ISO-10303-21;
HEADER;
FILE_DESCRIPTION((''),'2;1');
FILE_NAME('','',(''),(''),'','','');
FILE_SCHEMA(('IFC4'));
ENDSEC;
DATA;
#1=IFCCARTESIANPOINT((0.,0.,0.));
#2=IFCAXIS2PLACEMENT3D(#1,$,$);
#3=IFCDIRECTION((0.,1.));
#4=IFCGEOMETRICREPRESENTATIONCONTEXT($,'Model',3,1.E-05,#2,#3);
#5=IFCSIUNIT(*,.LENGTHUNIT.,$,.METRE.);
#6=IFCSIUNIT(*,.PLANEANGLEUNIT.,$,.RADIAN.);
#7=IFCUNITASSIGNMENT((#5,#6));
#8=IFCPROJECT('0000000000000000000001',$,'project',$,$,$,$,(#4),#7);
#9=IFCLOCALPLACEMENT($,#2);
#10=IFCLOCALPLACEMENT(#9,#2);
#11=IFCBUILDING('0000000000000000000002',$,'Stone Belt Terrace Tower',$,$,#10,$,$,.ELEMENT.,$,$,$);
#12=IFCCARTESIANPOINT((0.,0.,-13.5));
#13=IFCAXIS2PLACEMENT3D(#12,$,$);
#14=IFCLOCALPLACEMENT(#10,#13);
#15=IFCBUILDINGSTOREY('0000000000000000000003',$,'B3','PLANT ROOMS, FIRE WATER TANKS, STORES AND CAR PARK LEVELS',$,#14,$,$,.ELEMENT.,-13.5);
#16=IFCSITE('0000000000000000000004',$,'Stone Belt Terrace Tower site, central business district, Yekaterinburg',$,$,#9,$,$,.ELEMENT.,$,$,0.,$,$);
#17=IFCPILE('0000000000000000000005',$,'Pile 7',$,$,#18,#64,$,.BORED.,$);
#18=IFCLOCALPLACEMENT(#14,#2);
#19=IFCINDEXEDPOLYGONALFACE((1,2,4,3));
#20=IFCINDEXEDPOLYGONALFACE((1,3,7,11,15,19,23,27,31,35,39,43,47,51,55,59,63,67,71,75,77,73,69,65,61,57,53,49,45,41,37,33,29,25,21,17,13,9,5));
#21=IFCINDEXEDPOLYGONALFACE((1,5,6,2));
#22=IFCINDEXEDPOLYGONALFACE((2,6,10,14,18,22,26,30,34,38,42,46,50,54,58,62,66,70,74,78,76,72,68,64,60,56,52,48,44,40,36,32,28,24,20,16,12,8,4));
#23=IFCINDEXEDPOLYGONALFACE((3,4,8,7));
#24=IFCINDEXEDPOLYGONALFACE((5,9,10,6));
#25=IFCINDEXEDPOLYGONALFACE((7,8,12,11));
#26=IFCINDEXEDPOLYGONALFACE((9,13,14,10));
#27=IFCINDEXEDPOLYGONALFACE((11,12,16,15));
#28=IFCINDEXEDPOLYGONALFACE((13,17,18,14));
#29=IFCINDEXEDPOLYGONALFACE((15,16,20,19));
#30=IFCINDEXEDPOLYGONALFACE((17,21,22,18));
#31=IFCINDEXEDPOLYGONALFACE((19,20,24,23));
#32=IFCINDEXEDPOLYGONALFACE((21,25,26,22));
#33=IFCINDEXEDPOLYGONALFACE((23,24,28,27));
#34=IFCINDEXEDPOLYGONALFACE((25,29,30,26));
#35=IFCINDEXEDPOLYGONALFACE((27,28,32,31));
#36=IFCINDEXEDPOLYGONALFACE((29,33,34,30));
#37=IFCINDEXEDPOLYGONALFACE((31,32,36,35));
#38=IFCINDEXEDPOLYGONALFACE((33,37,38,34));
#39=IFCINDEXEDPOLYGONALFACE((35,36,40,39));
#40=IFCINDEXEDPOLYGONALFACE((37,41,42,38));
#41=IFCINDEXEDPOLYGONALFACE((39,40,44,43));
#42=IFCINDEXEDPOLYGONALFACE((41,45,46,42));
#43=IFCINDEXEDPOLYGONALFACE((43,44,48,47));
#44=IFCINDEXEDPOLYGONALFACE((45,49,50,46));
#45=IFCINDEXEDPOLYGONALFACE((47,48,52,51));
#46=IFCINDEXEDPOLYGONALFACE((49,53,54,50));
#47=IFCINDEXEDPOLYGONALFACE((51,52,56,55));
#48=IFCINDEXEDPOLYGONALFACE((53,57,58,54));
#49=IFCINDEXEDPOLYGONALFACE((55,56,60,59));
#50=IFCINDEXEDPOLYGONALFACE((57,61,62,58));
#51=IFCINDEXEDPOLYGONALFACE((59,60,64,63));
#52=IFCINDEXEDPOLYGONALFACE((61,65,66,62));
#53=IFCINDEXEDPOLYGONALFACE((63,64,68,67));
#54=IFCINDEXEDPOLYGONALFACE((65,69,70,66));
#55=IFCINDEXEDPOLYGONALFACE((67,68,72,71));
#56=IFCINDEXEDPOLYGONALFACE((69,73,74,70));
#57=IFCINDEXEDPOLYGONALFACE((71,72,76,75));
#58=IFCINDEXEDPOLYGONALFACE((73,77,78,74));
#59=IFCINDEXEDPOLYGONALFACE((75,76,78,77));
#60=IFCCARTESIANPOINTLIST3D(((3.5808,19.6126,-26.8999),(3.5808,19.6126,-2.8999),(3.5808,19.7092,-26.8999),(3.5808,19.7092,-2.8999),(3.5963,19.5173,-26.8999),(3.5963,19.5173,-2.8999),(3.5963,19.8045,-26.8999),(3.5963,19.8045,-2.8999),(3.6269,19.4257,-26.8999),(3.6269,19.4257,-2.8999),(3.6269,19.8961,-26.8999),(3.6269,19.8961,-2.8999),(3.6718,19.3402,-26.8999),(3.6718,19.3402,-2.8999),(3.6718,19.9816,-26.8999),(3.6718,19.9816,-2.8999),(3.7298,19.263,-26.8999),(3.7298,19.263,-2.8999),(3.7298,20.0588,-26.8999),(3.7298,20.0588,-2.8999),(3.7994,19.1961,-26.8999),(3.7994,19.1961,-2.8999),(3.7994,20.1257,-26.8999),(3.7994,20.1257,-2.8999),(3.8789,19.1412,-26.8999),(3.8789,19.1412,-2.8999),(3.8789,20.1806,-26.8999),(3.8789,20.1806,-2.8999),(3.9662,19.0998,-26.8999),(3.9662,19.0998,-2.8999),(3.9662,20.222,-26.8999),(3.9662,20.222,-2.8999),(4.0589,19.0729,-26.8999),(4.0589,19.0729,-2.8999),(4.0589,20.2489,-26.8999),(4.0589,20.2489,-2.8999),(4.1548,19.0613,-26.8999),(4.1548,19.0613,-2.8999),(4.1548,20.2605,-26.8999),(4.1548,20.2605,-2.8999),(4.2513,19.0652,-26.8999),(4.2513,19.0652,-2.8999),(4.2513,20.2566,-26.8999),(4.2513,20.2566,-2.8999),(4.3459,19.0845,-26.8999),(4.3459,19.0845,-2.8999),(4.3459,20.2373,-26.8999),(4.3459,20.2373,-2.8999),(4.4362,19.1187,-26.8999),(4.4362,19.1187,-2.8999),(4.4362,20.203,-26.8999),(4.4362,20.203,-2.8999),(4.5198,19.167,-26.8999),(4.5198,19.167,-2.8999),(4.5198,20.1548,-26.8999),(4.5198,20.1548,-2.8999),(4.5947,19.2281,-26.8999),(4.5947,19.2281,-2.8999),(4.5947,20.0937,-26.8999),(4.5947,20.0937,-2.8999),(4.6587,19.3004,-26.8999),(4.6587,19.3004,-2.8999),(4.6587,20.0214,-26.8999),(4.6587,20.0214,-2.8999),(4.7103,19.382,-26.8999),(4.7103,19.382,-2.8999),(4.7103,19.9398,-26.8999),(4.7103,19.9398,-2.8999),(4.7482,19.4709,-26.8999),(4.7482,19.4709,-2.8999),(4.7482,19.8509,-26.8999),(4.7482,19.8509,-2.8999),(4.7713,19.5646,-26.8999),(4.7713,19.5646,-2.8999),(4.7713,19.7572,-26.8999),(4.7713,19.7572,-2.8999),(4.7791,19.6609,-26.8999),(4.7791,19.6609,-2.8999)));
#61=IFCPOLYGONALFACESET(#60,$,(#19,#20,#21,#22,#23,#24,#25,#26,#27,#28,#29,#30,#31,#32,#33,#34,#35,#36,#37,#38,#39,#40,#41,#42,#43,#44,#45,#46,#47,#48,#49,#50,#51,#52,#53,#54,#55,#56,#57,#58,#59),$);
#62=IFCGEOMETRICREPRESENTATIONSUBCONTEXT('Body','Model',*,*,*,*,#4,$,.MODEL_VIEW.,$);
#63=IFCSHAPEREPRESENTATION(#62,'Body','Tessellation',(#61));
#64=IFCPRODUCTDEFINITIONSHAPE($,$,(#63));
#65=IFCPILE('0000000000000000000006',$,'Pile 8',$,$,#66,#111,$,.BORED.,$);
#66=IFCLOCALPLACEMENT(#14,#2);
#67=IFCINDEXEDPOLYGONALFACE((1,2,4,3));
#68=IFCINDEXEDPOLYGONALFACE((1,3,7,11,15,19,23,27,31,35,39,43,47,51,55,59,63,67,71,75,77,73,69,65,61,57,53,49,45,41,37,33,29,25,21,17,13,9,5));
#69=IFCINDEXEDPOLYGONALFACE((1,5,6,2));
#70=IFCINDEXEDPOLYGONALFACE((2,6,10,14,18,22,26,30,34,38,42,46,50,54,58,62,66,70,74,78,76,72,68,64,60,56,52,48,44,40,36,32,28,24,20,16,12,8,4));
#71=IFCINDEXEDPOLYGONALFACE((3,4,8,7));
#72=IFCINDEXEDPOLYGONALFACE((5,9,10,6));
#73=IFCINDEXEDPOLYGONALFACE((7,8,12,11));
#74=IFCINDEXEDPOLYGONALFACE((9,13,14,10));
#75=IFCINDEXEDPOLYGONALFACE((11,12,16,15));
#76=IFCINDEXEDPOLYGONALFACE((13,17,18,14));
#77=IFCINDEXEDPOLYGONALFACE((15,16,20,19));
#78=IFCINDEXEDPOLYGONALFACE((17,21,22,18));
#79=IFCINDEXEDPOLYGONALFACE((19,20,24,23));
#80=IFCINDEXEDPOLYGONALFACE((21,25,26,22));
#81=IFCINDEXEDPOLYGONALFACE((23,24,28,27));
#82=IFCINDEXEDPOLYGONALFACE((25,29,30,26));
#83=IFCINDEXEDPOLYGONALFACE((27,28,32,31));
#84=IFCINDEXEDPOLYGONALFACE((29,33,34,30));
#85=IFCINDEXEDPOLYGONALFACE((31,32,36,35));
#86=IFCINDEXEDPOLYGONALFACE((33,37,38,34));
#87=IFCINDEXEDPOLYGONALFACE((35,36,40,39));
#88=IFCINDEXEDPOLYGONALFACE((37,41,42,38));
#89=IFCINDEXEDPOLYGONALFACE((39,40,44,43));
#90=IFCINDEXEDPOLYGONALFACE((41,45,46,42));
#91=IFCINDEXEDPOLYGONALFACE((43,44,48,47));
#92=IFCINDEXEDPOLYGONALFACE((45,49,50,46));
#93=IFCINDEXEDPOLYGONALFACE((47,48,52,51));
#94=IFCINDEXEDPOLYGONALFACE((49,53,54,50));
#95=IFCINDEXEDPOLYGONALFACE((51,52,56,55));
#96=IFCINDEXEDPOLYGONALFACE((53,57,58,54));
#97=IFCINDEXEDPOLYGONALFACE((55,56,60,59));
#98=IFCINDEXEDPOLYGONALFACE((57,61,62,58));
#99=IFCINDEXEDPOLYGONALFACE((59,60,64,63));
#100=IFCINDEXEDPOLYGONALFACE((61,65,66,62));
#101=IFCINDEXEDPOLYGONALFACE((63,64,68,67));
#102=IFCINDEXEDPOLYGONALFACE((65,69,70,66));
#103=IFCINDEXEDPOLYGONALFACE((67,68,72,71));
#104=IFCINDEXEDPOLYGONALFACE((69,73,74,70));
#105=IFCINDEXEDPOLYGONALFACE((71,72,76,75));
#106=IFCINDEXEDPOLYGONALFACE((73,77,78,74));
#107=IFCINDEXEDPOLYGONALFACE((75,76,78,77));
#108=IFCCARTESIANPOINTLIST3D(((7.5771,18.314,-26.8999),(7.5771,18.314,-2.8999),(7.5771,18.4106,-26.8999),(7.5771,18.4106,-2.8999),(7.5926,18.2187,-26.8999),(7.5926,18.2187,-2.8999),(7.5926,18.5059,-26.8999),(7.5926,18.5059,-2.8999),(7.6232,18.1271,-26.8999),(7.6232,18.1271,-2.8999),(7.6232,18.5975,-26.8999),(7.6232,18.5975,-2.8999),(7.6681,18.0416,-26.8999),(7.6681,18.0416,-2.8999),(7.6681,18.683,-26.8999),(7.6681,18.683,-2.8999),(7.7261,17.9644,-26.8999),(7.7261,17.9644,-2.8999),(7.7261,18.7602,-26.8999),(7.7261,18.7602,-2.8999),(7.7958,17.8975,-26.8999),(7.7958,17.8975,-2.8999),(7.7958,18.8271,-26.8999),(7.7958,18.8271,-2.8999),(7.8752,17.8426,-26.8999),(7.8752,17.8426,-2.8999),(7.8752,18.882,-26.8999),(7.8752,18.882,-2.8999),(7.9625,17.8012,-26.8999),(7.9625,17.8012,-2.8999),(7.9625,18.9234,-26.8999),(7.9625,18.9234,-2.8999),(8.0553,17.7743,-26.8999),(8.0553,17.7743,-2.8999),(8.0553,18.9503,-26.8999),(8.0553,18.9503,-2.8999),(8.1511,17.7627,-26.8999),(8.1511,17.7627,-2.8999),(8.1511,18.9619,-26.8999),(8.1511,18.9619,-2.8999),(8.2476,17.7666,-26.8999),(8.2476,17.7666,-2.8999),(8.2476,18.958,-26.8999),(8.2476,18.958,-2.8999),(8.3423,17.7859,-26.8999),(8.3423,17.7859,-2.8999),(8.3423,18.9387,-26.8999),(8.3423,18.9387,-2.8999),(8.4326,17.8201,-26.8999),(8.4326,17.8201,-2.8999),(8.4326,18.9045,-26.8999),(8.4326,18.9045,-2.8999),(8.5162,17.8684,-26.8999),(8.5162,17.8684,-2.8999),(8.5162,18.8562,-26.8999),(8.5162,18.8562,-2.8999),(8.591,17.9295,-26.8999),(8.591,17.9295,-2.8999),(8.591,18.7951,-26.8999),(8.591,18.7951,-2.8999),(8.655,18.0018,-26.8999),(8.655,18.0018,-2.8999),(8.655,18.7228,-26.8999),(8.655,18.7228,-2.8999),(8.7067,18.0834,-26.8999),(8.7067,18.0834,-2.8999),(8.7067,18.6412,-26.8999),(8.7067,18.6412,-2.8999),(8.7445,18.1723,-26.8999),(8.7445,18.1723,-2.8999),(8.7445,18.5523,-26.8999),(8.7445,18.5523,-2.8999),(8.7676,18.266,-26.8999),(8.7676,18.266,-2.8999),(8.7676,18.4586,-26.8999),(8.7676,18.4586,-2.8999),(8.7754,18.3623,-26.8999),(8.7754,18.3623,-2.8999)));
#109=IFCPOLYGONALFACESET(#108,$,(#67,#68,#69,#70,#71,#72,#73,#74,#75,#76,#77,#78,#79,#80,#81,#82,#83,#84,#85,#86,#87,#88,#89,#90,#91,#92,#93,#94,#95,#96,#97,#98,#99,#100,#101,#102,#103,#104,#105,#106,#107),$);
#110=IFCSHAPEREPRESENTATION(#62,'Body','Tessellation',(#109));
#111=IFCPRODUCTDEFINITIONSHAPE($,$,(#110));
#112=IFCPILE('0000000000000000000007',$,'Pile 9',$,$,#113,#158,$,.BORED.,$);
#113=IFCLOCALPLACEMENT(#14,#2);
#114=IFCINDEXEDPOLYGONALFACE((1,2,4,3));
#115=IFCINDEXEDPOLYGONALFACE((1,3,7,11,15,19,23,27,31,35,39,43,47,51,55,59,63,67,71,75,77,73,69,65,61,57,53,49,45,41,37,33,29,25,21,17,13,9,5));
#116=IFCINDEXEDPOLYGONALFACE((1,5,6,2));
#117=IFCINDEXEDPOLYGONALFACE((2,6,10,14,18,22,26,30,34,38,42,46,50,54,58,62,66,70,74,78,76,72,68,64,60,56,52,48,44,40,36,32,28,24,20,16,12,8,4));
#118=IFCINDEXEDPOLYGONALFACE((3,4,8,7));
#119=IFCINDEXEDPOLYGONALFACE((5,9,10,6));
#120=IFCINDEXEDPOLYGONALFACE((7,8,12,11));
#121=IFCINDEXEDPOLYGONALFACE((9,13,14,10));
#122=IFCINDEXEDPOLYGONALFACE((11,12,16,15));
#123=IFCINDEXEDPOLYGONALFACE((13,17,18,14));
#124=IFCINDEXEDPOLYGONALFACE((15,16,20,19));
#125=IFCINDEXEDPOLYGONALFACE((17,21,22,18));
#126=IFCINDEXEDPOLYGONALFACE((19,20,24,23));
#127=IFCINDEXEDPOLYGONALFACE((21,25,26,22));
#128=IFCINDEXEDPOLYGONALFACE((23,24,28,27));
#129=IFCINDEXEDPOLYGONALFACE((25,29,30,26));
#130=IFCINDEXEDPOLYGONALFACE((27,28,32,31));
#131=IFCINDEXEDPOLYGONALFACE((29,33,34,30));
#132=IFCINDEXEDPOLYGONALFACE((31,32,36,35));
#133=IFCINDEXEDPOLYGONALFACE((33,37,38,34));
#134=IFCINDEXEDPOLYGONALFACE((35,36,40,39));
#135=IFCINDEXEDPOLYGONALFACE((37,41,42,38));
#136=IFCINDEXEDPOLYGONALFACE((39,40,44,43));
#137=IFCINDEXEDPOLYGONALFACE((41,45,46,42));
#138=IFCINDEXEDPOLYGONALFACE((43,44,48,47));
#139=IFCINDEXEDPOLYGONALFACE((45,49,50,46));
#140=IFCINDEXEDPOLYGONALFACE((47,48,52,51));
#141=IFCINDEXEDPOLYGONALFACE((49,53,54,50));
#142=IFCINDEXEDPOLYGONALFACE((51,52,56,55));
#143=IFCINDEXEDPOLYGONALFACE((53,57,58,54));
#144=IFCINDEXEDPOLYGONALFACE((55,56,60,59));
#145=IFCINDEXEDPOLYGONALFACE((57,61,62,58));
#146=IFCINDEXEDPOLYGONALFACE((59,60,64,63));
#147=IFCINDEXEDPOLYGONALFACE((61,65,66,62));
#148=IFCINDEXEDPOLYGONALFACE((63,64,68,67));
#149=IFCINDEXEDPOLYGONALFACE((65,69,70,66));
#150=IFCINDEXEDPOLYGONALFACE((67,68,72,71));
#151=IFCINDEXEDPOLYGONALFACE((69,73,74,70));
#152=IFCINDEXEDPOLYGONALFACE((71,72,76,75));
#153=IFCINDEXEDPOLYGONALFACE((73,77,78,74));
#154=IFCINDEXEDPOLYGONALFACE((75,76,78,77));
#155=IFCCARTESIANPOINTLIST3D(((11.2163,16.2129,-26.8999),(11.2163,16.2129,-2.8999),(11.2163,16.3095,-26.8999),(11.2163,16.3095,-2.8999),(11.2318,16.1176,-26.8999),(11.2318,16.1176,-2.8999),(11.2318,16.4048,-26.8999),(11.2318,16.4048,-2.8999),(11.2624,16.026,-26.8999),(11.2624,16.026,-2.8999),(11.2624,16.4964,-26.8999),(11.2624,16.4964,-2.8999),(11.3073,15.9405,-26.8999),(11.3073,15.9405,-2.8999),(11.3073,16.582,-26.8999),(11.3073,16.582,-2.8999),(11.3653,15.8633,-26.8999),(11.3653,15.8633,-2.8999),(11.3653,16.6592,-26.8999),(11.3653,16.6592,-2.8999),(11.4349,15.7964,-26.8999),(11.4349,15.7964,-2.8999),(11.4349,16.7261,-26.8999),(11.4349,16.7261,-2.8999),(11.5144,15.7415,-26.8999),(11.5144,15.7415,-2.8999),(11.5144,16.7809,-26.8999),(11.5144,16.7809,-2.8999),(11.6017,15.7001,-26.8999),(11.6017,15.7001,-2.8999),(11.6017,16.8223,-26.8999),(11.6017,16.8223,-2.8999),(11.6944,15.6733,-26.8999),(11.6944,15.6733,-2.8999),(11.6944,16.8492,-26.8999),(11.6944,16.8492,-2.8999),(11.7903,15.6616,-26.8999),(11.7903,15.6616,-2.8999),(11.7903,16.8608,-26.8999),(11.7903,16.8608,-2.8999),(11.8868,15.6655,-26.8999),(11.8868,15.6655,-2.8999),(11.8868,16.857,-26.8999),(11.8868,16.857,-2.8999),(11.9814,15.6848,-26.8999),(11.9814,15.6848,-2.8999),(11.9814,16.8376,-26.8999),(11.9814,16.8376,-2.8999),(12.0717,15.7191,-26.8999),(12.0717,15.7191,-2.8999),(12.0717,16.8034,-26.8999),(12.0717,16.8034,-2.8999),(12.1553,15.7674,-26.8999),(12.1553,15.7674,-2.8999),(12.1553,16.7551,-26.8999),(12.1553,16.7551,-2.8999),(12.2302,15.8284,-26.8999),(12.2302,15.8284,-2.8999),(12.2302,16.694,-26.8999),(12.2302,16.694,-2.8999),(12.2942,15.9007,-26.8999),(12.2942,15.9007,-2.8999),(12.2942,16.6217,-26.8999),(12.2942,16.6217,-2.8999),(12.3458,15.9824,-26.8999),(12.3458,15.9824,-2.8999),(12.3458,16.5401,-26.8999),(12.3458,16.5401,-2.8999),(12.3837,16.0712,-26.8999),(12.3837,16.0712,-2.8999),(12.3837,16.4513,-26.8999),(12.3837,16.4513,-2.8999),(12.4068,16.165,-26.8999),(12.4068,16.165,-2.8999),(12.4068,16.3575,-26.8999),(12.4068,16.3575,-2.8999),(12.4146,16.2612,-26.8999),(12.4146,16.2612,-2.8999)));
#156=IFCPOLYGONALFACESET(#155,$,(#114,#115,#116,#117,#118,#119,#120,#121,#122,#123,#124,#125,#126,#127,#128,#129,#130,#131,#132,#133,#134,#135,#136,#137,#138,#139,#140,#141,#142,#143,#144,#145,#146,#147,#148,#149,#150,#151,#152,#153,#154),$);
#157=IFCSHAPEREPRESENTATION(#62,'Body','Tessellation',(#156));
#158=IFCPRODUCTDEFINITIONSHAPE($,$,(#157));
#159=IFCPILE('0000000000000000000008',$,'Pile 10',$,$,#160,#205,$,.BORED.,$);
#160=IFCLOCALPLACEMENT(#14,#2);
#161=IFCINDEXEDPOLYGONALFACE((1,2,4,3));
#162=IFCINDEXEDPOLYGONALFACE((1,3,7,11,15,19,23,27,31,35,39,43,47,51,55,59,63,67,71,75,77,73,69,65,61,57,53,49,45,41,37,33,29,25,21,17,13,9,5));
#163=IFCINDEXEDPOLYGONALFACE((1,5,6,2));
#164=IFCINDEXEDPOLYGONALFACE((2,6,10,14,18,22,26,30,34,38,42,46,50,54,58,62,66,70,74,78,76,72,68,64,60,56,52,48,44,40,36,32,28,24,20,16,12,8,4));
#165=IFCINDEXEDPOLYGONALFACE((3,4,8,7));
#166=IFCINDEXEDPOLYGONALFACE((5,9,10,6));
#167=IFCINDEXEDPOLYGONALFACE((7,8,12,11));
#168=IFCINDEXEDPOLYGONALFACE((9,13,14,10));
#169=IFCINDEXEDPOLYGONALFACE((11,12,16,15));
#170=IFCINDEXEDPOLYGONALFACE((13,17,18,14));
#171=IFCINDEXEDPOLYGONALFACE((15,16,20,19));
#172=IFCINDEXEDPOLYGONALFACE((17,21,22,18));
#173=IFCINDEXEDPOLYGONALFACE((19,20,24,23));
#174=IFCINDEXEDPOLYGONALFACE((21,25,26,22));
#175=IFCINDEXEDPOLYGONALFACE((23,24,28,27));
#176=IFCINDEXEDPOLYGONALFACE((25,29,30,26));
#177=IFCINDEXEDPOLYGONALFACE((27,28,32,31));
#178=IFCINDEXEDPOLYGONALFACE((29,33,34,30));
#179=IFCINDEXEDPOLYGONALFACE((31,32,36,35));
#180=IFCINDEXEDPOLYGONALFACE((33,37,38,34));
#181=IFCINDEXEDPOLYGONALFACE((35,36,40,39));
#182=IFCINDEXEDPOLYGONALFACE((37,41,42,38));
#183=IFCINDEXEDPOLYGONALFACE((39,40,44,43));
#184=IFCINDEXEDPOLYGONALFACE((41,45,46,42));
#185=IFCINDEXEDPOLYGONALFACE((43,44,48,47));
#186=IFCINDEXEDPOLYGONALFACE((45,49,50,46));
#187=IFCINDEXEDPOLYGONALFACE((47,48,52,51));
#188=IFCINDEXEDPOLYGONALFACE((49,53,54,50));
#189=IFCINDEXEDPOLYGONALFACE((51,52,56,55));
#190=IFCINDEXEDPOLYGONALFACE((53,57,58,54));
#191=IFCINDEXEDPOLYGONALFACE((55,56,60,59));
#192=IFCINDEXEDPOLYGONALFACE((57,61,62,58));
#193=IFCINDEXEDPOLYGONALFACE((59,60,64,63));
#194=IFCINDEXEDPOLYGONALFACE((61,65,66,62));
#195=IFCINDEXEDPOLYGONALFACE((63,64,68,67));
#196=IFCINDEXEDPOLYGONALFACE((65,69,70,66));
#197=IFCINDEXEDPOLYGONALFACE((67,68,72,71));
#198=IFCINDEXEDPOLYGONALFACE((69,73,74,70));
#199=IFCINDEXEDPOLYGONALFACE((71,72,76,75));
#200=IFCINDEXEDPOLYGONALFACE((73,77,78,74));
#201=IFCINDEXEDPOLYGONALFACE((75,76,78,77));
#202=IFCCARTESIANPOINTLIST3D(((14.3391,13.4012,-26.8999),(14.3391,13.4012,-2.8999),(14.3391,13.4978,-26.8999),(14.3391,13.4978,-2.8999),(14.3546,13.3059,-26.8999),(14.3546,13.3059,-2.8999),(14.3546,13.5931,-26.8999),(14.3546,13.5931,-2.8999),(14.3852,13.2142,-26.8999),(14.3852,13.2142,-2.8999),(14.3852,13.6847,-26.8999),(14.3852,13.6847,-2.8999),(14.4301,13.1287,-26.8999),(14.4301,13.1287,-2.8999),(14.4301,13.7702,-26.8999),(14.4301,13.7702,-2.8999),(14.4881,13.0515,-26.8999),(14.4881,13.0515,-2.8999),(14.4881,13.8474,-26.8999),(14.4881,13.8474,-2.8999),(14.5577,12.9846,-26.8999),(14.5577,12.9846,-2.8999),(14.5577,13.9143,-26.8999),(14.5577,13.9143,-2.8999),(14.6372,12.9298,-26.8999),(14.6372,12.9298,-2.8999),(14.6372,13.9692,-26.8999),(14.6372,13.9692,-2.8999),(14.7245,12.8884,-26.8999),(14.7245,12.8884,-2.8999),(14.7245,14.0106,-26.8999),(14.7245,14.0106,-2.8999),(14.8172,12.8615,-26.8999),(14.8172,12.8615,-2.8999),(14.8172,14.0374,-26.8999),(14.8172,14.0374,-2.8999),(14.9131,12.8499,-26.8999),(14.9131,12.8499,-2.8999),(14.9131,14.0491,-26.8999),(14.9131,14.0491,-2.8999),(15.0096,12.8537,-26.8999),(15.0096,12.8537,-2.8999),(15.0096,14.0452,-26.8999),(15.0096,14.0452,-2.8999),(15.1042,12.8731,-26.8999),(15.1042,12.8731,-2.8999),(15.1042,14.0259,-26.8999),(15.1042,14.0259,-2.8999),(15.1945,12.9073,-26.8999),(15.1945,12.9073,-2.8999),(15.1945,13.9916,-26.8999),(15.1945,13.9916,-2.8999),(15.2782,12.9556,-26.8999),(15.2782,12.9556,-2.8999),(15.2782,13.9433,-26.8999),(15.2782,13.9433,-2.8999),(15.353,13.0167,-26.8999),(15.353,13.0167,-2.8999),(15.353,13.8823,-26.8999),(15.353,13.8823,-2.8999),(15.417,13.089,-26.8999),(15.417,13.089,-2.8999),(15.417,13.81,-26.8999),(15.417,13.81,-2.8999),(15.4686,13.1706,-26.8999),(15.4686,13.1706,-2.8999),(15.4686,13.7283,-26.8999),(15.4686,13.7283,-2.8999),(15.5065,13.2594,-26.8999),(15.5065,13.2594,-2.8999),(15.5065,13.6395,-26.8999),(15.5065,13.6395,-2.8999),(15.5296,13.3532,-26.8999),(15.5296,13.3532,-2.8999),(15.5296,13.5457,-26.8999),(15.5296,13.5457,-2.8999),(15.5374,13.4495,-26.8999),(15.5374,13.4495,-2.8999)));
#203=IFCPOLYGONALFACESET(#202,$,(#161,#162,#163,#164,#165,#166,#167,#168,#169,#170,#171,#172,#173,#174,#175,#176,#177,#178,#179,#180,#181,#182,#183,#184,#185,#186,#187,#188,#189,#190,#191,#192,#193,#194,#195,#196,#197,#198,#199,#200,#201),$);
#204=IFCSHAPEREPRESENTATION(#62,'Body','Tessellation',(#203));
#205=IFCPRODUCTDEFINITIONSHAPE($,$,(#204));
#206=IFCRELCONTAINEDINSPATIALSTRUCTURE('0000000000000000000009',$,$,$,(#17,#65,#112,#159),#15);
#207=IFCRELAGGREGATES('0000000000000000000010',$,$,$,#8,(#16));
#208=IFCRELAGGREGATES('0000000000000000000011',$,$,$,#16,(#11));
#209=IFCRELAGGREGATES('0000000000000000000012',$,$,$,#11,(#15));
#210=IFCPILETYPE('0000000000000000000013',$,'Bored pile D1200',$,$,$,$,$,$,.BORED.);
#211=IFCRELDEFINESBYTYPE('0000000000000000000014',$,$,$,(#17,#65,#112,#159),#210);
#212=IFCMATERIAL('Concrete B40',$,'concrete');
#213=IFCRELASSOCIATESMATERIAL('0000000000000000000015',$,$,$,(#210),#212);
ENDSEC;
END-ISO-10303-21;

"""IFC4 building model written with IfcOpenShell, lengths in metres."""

from ifc_helpers import new_model, si_unit, direction, frame, origin, origin_2d, place, context, subcontext, project, spatial, circle, extrude, material, material_profile, profile_set, type_object, element, save


model = new_model("IFC4")

# Units and contexts
model_context = context("Model", 3, precision=1e-05, world=origin(), true_north=direction((0.0, 1.0)))
body_context = subcontext(model_context, "Body", "Model", "MODEL_VIEW")
ifc_project = project(units=[si_unit("LENGTHUNIT", "METRE"), si_unit("PLANEANGLEUNIT", "RADIAN")], contexts=[model_context])

# Site, building, storey
site_placement = place(None, origin())
site = spatial("IfcSite", under=ifc_project, at=site_placement, Name="Stone Belt Terrace Tower site, central business district, Yekaterinburg", CompositionType="ELEMENT", RefElevation=0.0)
building_placement = place(site_placement, origin())
building = spatial("IfcBuilding", under=site, at=building_placement, Name="Stone Belt Terrace Tower", CompositionType="ELEMENT")
storey_placement = place(building_placement, frame((0.0, 0.0, -13.5)))
storey = spatial("IfcBuildingStorey", under=building, at=storey_placement, Name="B3", Description="PLANT ROOMS, FIRE WATER TANKS, STORES AND CAR PARK LEVELS", CompositionType="ELEMENT", Elevation=-13.5)

# Piles
ifc_material_1 = material(Name="Concrete B40", Category="concrete")
ifc_material_profile_1 = material_profile(ifc_material_1, circle(Radius=0.6001, at=origin_2d()), Name="PILE D1200")
ifc_profile_set_1 = profile_set([ifc_material_profile_1], Name="Concrete B40")
pile_type = type_object("IfcPileType", Name="Bored pile D1200", PredefinedType="BORED", material=ifc_profile_set_1)
for number, where, z_axis, x_axis, name in (
    (1, (4.179, 19.6609, -2.8999), (0.0, 0.0, -1.0), (1.0, 0.0, 0.0), "Pile 7"),
    (2, (8.1753, 18.3623, -2.8999), (0.0, 0.0, -1.0), (1.0, 0.0, 0.0), "Pile 8"),
    (3, (11.8145, 16.2612, -2.8999), (0.0, 0.0, -1.0), (1.0, 0.0, 0.0), "Pile 9"),
    (4, (14.9373, 13.4495, -2.8999), (0.0, 0.0, -1.0), (1.0, 0.0, 0.0), "Pile 10"),
):
    element("IfcPile", number, at=place(storey_placement, frame(where, z_axis=z_axis, x_axis=x_axis)), inside=storey, type_object=pile_type, Name=name, PredefinedType="BORED", context=body_context, shape_type="SweptSolid", body=[
        extrude(circle(Radius=0.6001, at=origin_2d()), origin(), (0.0, 0.0, 1.0), 24.0),
    ])

save(model, "model.ifc")
